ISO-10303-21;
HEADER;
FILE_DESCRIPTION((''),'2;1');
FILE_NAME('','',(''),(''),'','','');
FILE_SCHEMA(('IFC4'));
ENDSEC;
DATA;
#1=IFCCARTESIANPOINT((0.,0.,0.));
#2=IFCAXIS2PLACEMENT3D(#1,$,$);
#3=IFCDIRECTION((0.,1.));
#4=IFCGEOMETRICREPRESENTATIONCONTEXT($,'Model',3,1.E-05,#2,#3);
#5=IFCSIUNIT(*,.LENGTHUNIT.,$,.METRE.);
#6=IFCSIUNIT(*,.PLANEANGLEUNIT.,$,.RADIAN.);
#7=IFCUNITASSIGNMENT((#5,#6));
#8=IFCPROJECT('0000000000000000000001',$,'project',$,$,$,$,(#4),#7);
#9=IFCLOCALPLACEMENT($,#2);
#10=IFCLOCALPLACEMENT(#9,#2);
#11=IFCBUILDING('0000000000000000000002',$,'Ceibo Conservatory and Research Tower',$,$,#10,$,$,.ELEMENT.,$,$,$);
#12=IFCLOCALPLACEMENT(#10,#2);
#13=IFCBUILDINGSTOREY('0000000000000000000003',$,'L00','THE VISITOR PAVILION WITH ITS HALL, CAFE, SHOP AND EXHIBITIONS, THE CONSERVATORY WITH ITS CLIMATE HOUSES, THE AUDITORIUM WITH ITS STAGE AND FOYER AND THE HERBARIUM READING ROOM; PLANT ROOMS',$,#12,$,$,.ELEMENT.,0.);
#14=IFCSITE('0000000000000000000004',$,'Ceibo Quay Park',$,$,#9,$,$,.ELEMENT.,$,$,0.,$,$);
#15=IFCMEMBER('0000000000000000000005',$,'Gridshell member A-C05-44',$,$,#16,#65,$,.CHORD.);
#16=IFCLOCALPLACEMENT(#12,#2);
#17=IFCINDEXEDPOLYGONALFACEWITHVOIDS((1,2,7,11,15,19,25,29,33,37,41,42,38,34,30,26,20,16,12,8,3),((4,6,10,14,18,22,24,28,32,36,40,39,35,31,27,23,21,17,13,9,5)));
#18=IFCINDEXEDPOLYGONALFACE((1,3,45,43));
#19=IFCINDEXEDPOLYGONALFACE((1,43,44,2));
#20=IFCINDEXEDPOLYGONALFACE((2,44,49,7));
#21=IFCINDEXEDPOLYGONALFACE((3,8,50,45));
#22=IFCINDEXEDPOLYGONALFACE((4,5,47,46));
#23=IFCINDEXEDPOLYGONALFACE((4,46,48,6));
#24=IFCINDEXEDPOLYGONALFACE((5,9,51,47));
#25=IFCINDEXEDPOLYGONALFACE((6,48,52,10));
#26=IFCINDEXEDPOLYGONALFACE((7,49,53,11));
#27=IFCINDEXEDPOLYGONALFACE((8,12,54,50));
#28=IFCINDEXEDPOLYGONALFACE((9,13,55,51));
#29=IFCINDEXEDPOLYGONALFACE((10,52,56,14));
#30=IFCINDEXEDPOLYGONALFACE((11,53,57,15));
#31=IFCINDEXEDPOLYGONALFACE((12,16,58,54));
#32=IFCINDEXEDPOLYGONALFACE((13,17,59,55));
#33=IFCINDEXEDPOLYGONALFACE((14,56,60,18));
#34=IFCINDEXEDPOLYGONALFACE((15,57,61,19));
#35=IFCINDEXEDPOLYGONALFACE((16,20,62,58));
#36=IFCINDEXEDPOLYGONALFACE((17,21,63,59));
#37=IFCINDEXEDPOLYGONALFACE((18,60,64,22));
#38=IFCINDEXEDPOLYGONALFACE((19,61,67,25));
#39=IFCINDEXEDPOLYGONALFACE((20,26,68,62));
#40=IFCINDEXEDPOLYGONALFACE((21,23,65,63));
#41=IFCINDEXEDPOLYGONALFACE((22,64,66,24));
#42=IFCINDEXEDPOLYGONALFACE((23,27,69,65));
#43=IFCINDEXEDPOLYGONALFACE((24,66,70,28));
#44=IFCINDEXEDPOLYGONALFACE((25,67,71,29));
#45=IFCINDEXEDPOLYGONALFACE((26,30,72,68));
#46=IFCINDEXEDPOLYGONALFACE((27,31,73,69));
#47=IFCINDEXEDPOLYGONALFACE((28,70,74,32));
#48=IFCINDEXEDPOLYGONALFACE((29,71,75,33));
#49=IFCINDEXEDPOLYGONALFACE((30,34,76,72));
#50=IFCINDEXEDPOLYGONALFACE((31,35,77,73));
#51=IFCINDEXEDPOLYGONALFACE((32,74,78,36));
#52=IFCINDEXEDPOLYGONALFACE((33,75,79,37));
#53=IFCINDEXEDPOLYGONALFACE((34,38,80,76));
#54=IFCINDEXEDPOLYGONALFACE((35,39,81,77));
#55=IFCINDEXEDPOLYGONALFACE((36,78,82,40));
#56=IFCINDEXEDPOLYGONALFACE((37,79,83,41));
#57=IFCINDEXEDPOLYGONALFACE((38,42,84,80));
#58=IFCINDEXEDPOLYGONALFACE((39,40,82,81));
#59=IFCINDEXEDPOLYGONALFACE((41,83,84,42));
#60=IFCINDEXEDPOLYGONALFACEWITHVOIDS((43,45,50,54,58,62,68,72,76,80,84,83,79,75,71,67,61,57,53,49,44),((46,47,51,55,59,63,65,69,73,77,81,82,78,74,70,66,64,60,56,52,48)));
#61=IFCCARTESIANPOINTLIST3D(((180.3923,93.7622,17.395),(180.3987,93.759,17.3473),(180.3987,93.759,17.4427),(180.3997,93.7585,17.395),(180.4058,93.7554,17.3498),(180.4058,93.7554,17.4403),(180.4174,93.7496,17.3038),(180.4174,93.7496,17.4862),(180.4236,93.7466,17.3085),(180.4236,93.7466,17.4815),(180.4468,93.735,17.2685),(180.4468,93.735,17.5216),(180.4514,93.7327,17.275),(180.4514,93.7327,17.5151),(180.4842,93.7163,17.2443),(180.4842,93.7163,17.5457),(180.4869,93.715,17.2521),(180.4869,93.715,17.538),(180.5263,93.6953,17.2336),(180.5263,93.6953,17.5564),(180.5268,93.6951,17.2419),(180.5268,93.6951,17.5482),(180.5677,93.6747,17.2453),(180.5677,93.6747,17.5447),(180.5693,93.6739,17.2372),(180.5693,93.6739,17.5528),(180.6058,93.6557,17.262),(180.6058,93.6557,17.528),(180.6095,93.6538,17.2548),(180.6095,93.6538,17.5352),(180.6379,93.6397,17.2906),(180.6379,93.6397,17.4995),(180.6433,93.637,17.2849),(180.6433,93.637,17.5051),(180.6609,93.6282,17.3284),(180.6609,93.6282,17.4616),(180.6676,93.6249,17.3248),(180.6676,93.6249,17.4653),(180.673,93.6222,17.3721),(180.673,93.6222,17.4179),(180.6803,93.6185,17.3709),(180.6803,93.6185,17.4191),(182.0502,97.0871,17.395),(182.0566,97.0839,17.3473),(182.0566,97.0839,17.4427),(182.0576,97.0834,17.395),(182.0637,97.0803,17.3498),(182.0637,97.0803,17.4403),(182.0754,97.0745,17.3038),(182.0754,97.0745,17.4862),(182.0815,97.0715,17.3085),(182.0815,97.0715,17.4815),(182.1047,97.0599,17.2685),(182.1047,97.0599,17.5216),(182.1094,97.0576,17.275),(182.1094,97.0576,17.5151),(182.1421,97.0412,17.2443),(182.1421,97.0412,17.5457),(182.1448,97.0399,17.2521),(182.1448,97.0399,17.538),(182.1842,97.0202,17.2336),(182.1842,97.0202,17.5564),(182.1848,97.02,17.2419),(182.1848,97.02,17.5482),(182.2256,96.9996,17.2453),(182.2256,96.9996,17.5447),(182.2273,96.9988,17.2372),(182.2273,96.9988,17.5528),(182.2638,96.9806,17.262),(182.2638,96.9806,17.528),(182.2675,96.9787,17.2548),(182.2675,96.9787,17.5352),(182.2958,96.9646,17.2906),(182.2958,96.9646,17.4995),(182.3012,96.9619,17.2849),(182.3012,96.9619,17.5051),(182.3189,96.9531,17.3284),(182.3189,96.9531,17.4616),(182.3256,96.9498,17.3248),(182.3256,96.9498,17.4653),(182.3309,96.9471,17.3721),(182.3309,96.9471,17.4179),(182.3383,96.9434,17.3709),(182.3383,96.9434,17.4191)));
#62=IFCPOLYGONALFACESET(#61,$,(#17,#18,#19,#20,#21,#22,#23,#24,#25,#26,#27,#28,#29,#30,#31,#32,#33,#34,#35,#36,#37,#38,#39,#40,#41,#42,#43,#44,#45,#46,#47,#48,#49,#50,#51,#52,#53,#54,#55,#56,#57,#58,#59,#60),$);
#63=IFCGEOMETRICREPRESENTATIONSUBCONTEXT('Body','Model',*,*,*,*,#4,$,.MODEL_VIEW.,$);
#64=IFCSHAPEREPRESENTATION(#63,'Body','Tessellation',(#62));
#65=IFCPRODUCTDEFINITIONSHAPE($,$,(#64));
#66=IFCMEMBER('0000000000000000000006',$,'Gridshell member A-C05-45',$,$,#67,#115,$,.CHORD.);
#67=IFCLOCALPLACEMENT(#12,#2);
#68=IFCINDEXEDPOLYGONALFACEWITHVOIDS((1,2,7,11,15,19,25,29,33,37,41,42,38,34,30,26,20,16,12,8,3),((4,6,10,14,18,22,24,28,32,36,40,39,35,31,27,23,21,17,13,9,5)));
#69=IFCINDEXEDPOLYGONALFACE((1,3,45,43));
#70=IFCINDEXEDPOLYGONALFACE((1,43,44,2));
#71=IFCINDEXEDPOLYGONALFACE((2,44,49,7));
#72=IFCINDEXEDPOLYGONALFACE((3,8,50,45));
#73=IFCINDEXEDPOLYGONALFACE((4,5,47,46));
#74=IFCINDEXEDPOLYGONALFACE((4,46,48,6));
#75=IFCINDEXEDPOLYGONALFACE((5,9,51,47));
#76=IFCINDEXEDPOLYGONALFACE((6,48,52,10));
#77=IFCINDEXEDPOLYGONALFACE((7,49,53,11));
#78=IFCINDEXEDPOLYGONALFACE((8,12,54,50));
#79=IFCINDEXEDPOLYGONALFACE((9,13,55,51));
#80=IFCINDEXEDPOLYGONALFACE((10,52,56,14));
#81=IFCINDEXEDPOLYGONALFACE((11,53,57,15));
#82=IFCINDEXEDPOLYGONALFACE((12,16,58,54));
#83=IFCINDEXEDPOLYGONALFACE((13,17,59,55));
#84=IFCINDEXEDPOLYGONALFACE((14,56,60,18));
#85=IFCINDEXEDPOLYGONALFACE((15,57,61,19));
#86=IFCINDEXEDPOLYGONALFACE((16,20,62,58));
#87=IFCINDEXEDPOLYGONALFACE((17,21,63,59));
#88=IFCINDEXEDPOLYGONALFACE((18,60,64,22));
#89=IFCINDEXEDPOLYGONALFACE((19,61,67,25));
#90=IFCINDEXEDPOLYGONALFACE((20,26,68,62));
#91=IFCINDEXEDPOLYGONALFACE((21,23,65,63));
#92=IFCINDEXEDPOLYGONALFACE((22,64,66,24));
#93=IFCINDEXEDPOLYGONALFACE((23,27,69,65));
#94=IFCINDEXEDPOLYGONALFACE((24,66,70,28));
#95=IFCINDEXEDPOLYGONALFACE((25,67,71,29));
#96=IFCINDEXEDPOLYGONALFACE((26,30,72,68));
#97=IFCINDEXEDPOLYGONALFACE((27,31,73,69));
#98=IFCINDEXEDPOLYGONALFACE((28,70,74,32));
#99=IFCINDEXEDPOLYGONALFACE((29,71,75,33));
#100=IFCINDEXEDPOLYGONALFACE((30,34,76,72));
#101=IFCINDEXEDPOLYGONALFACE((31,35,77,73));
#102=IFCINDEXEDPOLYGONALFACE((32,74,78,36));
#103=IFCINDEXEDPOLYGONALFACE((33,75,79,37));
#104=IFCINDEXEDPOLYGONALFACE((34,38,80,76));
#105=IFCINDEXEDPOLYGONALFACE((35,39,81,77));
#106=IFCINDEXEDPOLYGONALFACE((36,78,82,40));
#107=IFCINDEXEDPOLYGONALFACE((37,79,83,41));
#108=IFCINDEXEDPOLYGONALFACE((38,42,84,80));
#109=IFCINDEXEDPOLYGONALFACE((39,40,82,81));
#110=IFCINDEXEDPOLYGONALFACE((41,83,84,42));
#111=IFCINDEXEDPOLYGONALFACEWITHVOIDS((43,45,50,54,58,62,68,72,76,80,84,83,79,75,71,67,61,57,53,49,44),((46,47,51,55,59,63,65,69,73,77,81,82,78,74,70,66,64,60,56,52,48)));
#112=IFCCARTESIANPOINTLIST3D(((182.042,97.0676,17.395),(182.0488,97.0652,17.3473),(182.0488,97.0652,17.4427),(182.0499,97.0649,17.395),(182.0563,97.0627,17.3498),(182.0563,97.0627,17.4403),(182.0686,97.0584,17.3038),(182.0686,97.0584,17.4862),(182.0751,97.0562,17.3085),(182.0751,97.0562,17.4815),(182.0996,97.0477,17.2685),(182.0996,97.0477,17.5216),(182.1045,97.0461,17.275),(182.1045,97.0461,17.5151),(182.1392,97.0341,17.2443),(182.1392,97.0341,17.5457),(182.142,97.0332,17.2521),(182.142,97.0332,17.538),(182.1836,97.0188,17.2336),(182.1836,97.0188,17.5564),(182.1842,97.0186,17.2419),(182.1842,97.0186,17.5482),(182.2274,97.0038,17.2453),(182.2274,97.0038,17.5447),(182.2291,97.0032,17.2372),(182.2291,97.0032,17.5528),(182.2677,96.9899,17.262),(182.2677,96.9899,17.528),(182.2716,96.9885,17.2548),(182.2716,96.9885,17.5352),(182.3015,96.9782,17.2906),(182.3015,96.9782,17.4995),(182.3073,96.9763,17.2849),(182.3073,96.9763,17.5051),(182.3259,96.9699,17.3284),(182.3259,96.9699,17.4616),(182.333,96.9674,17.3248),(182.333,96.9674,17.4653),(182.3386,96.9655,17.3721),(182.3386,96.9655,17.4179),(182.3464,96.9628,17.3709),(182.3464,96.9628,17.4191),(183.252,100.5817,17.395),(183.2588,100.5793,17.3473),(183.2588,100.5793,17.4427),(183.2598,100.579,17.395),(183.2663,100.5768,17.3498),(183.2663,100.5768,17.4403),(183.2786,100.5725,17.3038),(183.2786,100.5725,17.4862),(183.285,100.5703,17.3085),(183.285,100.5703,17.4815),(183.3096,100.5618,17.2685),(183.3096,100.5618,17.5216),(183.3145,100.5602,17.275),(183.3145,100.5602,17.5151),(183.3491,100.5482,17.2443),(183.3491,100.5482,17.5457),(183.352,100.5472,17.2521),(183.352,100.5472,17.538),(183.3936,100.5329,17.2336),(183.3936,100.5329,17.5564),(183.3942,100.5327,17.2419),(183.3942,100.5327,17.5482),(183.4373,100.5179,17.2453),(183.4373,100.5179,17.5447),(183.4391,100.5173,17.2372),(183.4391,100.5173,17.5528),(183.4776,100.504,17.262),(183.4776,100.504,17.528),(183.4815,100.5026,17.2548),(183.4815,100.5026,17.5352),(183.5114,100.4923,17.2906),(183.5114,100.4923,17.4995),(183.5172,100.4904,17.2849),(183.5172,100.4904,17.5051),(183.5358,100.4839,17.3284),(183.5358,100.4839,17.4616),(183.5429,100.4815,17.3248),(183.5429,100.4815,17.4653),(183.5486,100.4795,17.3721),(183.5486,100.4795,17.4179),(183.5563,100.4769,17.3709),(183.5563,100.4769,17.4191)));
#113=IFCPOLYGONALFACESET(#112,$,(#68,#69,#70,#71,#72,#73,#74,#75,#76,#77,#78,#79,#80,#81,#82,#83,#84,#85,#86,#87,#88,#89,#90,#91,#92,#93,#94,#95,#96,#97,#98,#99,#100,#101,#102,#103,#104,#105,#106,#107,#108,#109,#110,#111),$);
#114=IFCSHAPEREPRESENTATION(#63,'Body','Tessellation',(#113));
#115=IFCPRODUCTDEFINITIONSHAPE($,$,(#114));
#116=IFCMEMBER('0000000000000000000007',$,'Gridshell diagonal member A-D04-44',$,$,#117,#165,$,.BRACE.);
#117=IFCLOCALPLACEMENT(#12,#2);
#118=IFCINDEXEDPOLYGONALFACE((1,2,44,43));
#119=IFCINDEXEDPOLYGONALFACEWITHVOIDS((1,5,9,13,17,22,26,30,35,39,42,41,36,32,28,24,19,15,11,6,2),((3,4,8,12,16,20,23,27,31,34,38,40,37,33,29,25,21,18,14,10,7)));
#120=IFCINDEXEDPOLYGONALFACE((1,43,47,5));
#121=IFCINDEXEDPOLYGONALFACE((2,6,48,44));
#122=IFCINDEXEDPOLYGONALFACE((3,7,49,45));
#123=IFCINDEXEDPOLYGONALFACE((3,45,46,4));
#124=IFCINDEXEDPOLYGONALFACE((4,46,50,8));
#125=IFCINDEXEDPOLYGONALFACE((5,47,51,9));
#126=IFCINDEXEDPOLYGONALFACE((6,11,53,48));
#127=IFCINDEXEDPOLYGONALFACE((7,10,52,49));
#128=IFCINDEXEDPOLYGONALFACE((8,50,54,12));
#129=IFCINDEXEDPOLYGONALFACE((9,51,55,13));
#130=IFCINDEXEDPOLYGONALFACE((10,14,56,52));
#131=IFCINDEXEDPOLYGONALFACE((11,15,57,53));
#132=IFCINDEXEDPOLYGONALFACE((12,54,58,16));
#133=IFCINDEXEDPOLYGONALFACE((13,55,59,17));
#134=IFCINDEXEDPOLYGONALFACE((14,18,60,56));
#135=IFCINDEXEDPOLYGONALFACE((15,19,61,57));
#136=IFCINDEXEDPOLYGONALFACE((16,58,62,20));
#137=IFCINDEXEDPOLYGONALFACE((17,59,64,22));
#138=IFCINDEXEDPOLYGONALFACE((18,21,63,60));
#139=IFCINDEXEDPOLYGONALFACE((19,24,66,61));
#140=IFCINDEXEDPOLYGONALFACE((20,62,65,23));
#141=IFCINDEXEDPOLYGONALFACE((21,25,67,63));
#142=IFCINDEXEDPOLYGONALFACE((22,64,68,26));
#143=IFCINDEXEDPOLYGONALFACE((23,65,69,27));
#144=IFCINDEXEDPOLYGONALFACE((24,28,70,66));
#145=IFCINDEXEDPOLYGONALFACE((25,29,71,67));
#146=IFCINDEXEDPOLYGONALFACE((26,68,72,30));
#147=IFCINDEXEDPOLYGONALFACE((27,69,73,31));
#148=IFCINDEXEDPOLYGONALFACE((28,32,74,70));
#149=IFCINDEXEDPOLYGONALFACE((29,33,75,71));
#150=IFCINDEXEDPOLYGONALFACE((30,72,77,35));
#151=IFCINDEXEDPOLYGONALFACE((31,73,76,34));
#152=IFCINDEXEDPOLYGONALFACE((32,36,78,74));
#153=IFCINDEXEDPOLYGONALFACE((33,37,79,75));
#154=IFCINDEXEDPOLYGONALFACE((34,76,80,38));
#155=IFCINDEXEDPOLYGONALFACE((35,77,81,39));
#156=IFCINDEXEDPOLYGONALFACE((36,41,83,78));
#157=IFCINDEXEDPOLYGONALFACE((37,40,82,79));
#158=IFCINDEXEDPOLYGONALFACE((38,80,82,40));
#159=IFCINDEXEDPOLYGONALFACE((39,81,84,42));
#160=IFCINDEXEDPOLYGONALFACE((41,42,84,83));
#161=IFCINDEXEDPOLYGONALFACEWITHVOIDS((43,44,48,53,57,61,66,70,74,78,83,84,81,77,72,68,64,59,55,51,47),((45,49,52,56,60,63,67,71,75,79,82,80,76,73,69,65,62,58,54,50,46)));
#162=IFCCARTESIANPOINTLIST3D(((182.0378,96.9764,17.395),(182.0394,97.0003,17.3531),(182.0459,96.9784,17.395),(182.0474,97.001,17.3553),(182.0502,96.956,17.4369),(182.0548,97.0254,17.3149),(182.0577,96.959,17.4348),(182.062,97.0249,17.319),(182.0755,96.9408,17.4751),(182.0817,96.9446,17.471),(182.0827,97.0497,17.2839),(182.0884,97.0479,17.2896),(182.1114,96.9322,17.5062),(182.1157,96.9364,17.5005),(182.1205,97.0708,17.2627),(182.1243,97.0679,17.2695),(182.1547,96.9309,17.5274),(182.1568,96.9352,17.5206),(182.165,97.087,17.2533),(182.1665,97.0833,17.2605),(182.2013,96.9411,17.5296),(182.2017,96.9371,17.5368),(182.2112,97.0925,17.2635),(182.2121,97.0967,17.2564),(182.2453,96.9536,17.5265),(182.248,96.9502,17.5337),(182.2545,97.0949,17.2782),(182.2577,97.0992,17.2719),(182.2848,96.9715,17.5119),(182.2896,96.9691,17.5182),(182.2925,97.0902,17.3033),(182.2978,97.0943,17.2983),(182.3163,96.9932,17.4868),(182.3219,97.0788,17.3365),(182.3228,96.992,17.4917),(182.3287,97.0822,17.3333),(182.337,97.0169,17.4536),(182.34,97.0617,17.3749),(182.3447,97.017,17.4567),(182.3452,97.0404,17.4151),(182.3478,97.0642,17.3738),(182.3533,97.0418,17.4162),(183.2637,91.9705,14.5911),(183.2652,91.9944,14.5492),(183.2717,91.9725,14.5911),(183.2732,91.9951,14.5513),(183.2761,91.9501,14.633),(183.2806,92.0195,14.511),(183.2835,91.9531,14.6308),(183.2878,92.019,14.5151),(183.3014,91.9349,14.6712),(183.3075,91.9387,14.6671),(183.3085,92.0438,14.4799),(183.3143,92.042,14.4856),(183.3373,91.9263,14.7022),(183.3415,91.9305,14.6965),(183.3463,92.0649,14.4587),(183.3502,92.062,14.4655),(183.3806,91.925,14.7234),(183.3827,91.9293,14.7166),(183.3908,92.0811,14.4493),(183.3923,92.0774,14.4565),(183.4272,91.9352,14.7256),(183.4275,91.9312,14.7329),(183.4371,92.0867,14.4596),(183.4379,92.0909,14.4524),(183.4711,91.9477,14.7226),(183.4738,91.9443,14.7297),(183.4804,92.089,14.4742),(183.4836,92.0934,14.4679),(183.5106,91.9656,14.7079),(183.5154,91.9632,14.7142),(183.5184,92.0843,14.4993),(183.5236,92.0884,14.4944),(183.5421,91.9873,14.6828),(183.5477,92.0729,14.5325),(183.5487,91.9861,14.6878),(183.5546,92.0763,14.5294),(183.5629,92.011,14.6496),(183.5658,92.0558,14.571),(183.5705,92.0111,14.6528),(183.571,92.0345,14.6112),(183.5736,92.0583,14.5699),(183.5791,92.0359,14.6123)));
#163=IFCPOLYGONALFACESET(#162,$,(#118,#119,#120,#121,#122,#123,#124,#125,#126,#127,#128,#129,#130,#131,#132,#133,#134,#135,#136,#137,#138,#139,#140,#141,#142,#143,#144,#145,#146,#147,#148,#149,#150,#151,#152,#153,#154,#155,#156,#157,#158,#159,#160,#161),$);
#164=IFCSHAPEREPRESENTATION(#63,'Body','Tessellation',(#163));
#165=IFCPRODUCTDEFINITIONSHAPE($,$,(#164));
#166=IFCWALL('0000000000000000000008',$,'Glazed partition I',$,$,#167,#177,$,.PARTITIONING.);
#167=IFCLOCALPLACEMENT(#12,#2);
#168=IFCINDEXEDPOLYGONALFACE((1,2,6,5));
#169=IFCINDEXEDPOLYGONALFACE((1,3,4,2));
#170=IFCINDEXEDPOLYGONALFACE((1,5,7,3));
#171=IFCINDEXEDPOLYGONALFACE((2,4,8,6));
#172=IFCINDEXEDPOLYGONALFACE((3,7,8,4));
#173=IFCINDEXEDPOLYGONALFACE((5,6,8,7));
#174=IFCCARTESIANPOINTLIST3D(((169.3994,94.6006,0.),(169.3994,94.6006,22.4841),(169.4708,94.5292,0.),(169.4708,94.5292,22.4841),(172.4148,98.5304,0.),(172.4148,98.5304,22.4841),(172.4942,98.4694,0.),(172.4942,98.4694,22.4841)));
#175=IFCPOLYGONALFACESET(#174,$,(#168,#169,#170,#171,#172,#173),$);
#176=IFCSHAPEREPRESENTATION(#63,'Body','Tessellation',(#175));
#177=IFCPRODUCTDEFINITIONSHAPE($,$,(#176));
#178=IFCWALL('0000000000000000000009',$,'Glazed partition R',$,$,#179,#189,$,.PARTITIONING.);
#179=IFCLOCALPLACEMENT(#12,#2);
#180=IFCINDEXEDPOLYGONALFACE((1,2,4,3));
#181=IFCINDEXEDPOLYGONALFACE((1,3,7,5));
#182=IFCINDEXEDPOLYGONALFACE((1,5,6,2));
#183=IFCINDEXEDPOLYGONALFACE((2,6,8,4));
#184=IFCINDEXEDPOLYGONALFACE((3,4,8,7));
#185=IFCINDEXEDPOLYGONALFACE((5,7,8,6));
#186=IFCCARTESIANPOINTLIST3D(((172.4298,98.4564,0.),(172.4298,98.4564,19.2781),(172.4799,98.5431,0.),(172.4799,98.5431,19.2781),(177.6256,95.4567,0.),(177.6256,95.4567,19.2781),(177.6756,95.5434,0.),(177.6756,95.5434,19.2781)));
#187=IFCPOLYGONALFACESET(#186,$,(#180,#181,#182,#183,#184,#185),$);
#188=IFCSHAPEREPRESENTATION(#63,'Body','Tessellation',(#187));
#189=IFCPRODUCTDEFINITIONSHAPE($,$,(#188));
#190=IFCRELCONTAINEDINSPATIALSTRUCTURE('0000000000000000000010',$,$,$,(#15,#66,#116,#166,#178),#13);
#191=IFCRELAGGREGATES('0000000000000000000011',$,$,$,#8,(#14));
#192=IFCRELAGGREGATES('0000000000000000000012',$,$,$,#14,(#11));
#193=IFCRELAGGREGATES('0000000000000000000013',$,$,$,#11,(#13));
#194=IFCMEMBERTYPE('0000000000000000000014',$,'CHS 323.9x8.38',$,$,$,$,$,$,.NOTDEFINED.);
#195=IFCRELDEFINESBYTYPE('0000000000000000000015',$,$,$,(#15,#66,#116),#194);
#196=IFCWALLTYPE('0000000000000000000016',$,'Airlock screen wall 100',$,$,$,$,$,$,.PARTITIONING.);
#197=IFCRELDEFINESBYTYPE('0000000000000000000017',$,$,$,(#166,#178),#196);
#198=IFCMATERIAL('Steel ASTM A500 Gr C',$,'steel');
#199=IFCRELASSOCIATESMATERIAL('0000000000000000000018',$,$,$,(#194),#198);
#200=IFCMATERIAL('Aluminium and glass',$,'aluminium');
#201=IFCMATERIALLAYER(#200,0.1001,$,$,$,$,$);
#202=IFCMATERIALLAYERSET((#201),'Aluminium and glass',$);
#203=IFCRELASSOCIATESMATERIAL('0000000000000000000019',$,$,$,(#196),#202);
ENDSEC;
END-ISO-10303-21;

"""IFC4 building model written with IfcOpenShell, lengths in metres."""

from ifc_helpers import new_model, si_unit, direction, frame, frame_2d, origin, origin_2d, place, context, subcontext, project, spatial, polyline, rectangle, hollow_circle, outline, extrude, material, layer, layer_set, material_profile, profile_set, type_object, element, save


model = new_model("IFC4")

# Units and contexts
model_context = context("Model", 3, precision=1e-05, world=origin(), true_north=direction((0.0, 1.0)))
body_context = subcontext(model_context, "Body", "Model", "MODEL_VIEW")
ifc_project = project(units=[si_unit("LENGTHUNIT", "METRE"), si_unit("PLANEANGLEUNIT", "RADIAN")], contexts=[model_context])

# Site, building, storey
site_placement = place(None, origin())
site = spatial("IfcSite", under=ifc_project, at=site_placement, Name="Ceibo Quay Park", CompositionType="ELEMENT", RefElevation=0.0)
building_placement = place(site_placement, origin())
building = spatial("IfcBuilding", under=site, at=building_placement, Name="Ceibo Conservatory and Research Tower", CompositionType="ELEMENT")
storey_placement = place(building_placement, origin())
storey = spatial("IfcBuildingStorey", under=building, at=storey_placement, Name="L00", Description="THE VISITOR PAVILION WITH ITS HALL, CAFE, SHOP AND EXHIBITIONS, THE CONSERVATORY WITH ITS CLIMATE HOUSES, THE AUDITORIUM WITH ITS STAGE AND FOYER AND THE HERBARIUM READING ROOM; PLANT ROOMS", CompositionType="ELEMENT", Elevation=0.0)

# Members
ifc_material_1 = material(Name="Steel ASTM A500 Gr C", Category="steel")
ifc_material_profile_1 = material_profile(ifc_material_1, hollow_circle(Radius=0.1619, WallThickness=0.0083, at=origin_2d()), Name="CHS 323.9x8.38")
ifc_profile_set_1 = profile_set([ifc_material_profile_1], Name="Steel ASTM A500 Gr C")
member_type_1 = type_object("IfcMemberType", Name="CHS 323.9x8.38", PredefinedType="NOTDEFINED", material=ifc_profile_set_1)
member_1_placement = place(storey_placement, frame((180.5371, 93.6899, 17.395), z_axis=(0.446241, 0.894913, 0.0), x_axis=(-0.894913, 0.446241, 0.0)))
element("IfcMember", 1, at=member_1_placement, inside=storey, type_object=member_type_1, Name="Gridshell member A-C05-44", PredefinedType="CHORD", context=body_context, shape_type="SweptSolid", body=[
    extrude(hollow_circle(Radius=0.1619, WallThickness=0.0083, at=origin_2d()), origin(), (0.0, 0.0, 1.0), 3.7153),
])
member_2_placement = place(storey_placement, frame((182.1951, 97.0149, 17.395), z_axis=(0.325553, 0.945524, 0.0), x_axis=(-0.945524, 0.325553, 0.0)))
element("IfcMember", 2, at=member_2_placement, inside=storey, type_object=member_type_1, Name="Gridshell member A-C05-45", PredefinedType="CHORD", context=body_context, shape_type="SweptSolid", body=[
    extrude(hollow_circle(Radius=0.1619, WallThickness=0.0083, at=origin_2d()), origin(), (0.0, 0.0, 1.0), 3.7166),
])
member_3_placement = place(storey_placement, frame((183.4209, 92.009, 14.5911), z_axis=(-0.208931, 0.853201, 0.477907), x_axis=(-0.971302, -0.237851, 0.0)))
element("IfcMember", 3, at=member_3_placement, inside=storey, type_object=member_type_1, Name="Gridshell diagonal member A-D04-44", PredefinedType="BRACE", context=body_context, shape_type="SweptSolid", body=[
    extrude(hollow_circle(Radius=0.1619, WallThickness=0.0083, at=origin_2d()), origin(), (0.0, 0.0, 1.0), 5.8672),
])

# Walls
ifc_material_2 = material(Name="Aluminium and glass", Category="aluminium")
ifc_layer_1 = layer(ifc_material_2, 0.1001)
ifc_layer_set_1 = layer_set([ifc_layer_1], Name="Aluminium and glass")
wall_type_1 = type_object("IfcWallType", Name="Airlock screen wall 100", PredefinedType="PARTITIONING", material=ifc_layer_set_1)
wall_1_placement = place(storey_placement, frame((169.4351, 94.5649, 0.0), z_axis=(0.0, 0.0, 1.0), x_axis=(0.608768, 0.793348, 0.0)))
element("IfcWall", 4, at=wall_1_placement, inside=storey, type_object=wall_type_1, Name="Glazed partition I", PredefinedType="PARTITIONING", context=body_context, shape_type="SweptSolid", body=[
    extrude(outline(polyline([(-0.0066, -0.05), (4.96, -0.05), (4.96, 0.05), (0.0066, 0.05), (-0.0066, -0.05)])), origin(), (0.0, 0.0, 1.0), 22.4841),
])
wall_2_placement = place(storey_placement, frame((172.4548, 98.4998, 0.0), z_axis=(0.0, 0.0, 1.0), x_axis=(0.866028, -0.499995, 0.0)))
element("IfcWall", 5, at=wall_2_placement, inside=storey, type_object=wall_type_1, Name="Glazed partition R", PredefinedType="PARTITIONING", context=body_context, shape_type="SweptSolid", body=[
    extrude(rectangle(XDim=5.9995, YDim=0.1001, at=frame_2d((2.9998, 0.0))), origin(), (0.0, 0.0, 1.0), 19.2781),
])

save(model, "model.ifc")
